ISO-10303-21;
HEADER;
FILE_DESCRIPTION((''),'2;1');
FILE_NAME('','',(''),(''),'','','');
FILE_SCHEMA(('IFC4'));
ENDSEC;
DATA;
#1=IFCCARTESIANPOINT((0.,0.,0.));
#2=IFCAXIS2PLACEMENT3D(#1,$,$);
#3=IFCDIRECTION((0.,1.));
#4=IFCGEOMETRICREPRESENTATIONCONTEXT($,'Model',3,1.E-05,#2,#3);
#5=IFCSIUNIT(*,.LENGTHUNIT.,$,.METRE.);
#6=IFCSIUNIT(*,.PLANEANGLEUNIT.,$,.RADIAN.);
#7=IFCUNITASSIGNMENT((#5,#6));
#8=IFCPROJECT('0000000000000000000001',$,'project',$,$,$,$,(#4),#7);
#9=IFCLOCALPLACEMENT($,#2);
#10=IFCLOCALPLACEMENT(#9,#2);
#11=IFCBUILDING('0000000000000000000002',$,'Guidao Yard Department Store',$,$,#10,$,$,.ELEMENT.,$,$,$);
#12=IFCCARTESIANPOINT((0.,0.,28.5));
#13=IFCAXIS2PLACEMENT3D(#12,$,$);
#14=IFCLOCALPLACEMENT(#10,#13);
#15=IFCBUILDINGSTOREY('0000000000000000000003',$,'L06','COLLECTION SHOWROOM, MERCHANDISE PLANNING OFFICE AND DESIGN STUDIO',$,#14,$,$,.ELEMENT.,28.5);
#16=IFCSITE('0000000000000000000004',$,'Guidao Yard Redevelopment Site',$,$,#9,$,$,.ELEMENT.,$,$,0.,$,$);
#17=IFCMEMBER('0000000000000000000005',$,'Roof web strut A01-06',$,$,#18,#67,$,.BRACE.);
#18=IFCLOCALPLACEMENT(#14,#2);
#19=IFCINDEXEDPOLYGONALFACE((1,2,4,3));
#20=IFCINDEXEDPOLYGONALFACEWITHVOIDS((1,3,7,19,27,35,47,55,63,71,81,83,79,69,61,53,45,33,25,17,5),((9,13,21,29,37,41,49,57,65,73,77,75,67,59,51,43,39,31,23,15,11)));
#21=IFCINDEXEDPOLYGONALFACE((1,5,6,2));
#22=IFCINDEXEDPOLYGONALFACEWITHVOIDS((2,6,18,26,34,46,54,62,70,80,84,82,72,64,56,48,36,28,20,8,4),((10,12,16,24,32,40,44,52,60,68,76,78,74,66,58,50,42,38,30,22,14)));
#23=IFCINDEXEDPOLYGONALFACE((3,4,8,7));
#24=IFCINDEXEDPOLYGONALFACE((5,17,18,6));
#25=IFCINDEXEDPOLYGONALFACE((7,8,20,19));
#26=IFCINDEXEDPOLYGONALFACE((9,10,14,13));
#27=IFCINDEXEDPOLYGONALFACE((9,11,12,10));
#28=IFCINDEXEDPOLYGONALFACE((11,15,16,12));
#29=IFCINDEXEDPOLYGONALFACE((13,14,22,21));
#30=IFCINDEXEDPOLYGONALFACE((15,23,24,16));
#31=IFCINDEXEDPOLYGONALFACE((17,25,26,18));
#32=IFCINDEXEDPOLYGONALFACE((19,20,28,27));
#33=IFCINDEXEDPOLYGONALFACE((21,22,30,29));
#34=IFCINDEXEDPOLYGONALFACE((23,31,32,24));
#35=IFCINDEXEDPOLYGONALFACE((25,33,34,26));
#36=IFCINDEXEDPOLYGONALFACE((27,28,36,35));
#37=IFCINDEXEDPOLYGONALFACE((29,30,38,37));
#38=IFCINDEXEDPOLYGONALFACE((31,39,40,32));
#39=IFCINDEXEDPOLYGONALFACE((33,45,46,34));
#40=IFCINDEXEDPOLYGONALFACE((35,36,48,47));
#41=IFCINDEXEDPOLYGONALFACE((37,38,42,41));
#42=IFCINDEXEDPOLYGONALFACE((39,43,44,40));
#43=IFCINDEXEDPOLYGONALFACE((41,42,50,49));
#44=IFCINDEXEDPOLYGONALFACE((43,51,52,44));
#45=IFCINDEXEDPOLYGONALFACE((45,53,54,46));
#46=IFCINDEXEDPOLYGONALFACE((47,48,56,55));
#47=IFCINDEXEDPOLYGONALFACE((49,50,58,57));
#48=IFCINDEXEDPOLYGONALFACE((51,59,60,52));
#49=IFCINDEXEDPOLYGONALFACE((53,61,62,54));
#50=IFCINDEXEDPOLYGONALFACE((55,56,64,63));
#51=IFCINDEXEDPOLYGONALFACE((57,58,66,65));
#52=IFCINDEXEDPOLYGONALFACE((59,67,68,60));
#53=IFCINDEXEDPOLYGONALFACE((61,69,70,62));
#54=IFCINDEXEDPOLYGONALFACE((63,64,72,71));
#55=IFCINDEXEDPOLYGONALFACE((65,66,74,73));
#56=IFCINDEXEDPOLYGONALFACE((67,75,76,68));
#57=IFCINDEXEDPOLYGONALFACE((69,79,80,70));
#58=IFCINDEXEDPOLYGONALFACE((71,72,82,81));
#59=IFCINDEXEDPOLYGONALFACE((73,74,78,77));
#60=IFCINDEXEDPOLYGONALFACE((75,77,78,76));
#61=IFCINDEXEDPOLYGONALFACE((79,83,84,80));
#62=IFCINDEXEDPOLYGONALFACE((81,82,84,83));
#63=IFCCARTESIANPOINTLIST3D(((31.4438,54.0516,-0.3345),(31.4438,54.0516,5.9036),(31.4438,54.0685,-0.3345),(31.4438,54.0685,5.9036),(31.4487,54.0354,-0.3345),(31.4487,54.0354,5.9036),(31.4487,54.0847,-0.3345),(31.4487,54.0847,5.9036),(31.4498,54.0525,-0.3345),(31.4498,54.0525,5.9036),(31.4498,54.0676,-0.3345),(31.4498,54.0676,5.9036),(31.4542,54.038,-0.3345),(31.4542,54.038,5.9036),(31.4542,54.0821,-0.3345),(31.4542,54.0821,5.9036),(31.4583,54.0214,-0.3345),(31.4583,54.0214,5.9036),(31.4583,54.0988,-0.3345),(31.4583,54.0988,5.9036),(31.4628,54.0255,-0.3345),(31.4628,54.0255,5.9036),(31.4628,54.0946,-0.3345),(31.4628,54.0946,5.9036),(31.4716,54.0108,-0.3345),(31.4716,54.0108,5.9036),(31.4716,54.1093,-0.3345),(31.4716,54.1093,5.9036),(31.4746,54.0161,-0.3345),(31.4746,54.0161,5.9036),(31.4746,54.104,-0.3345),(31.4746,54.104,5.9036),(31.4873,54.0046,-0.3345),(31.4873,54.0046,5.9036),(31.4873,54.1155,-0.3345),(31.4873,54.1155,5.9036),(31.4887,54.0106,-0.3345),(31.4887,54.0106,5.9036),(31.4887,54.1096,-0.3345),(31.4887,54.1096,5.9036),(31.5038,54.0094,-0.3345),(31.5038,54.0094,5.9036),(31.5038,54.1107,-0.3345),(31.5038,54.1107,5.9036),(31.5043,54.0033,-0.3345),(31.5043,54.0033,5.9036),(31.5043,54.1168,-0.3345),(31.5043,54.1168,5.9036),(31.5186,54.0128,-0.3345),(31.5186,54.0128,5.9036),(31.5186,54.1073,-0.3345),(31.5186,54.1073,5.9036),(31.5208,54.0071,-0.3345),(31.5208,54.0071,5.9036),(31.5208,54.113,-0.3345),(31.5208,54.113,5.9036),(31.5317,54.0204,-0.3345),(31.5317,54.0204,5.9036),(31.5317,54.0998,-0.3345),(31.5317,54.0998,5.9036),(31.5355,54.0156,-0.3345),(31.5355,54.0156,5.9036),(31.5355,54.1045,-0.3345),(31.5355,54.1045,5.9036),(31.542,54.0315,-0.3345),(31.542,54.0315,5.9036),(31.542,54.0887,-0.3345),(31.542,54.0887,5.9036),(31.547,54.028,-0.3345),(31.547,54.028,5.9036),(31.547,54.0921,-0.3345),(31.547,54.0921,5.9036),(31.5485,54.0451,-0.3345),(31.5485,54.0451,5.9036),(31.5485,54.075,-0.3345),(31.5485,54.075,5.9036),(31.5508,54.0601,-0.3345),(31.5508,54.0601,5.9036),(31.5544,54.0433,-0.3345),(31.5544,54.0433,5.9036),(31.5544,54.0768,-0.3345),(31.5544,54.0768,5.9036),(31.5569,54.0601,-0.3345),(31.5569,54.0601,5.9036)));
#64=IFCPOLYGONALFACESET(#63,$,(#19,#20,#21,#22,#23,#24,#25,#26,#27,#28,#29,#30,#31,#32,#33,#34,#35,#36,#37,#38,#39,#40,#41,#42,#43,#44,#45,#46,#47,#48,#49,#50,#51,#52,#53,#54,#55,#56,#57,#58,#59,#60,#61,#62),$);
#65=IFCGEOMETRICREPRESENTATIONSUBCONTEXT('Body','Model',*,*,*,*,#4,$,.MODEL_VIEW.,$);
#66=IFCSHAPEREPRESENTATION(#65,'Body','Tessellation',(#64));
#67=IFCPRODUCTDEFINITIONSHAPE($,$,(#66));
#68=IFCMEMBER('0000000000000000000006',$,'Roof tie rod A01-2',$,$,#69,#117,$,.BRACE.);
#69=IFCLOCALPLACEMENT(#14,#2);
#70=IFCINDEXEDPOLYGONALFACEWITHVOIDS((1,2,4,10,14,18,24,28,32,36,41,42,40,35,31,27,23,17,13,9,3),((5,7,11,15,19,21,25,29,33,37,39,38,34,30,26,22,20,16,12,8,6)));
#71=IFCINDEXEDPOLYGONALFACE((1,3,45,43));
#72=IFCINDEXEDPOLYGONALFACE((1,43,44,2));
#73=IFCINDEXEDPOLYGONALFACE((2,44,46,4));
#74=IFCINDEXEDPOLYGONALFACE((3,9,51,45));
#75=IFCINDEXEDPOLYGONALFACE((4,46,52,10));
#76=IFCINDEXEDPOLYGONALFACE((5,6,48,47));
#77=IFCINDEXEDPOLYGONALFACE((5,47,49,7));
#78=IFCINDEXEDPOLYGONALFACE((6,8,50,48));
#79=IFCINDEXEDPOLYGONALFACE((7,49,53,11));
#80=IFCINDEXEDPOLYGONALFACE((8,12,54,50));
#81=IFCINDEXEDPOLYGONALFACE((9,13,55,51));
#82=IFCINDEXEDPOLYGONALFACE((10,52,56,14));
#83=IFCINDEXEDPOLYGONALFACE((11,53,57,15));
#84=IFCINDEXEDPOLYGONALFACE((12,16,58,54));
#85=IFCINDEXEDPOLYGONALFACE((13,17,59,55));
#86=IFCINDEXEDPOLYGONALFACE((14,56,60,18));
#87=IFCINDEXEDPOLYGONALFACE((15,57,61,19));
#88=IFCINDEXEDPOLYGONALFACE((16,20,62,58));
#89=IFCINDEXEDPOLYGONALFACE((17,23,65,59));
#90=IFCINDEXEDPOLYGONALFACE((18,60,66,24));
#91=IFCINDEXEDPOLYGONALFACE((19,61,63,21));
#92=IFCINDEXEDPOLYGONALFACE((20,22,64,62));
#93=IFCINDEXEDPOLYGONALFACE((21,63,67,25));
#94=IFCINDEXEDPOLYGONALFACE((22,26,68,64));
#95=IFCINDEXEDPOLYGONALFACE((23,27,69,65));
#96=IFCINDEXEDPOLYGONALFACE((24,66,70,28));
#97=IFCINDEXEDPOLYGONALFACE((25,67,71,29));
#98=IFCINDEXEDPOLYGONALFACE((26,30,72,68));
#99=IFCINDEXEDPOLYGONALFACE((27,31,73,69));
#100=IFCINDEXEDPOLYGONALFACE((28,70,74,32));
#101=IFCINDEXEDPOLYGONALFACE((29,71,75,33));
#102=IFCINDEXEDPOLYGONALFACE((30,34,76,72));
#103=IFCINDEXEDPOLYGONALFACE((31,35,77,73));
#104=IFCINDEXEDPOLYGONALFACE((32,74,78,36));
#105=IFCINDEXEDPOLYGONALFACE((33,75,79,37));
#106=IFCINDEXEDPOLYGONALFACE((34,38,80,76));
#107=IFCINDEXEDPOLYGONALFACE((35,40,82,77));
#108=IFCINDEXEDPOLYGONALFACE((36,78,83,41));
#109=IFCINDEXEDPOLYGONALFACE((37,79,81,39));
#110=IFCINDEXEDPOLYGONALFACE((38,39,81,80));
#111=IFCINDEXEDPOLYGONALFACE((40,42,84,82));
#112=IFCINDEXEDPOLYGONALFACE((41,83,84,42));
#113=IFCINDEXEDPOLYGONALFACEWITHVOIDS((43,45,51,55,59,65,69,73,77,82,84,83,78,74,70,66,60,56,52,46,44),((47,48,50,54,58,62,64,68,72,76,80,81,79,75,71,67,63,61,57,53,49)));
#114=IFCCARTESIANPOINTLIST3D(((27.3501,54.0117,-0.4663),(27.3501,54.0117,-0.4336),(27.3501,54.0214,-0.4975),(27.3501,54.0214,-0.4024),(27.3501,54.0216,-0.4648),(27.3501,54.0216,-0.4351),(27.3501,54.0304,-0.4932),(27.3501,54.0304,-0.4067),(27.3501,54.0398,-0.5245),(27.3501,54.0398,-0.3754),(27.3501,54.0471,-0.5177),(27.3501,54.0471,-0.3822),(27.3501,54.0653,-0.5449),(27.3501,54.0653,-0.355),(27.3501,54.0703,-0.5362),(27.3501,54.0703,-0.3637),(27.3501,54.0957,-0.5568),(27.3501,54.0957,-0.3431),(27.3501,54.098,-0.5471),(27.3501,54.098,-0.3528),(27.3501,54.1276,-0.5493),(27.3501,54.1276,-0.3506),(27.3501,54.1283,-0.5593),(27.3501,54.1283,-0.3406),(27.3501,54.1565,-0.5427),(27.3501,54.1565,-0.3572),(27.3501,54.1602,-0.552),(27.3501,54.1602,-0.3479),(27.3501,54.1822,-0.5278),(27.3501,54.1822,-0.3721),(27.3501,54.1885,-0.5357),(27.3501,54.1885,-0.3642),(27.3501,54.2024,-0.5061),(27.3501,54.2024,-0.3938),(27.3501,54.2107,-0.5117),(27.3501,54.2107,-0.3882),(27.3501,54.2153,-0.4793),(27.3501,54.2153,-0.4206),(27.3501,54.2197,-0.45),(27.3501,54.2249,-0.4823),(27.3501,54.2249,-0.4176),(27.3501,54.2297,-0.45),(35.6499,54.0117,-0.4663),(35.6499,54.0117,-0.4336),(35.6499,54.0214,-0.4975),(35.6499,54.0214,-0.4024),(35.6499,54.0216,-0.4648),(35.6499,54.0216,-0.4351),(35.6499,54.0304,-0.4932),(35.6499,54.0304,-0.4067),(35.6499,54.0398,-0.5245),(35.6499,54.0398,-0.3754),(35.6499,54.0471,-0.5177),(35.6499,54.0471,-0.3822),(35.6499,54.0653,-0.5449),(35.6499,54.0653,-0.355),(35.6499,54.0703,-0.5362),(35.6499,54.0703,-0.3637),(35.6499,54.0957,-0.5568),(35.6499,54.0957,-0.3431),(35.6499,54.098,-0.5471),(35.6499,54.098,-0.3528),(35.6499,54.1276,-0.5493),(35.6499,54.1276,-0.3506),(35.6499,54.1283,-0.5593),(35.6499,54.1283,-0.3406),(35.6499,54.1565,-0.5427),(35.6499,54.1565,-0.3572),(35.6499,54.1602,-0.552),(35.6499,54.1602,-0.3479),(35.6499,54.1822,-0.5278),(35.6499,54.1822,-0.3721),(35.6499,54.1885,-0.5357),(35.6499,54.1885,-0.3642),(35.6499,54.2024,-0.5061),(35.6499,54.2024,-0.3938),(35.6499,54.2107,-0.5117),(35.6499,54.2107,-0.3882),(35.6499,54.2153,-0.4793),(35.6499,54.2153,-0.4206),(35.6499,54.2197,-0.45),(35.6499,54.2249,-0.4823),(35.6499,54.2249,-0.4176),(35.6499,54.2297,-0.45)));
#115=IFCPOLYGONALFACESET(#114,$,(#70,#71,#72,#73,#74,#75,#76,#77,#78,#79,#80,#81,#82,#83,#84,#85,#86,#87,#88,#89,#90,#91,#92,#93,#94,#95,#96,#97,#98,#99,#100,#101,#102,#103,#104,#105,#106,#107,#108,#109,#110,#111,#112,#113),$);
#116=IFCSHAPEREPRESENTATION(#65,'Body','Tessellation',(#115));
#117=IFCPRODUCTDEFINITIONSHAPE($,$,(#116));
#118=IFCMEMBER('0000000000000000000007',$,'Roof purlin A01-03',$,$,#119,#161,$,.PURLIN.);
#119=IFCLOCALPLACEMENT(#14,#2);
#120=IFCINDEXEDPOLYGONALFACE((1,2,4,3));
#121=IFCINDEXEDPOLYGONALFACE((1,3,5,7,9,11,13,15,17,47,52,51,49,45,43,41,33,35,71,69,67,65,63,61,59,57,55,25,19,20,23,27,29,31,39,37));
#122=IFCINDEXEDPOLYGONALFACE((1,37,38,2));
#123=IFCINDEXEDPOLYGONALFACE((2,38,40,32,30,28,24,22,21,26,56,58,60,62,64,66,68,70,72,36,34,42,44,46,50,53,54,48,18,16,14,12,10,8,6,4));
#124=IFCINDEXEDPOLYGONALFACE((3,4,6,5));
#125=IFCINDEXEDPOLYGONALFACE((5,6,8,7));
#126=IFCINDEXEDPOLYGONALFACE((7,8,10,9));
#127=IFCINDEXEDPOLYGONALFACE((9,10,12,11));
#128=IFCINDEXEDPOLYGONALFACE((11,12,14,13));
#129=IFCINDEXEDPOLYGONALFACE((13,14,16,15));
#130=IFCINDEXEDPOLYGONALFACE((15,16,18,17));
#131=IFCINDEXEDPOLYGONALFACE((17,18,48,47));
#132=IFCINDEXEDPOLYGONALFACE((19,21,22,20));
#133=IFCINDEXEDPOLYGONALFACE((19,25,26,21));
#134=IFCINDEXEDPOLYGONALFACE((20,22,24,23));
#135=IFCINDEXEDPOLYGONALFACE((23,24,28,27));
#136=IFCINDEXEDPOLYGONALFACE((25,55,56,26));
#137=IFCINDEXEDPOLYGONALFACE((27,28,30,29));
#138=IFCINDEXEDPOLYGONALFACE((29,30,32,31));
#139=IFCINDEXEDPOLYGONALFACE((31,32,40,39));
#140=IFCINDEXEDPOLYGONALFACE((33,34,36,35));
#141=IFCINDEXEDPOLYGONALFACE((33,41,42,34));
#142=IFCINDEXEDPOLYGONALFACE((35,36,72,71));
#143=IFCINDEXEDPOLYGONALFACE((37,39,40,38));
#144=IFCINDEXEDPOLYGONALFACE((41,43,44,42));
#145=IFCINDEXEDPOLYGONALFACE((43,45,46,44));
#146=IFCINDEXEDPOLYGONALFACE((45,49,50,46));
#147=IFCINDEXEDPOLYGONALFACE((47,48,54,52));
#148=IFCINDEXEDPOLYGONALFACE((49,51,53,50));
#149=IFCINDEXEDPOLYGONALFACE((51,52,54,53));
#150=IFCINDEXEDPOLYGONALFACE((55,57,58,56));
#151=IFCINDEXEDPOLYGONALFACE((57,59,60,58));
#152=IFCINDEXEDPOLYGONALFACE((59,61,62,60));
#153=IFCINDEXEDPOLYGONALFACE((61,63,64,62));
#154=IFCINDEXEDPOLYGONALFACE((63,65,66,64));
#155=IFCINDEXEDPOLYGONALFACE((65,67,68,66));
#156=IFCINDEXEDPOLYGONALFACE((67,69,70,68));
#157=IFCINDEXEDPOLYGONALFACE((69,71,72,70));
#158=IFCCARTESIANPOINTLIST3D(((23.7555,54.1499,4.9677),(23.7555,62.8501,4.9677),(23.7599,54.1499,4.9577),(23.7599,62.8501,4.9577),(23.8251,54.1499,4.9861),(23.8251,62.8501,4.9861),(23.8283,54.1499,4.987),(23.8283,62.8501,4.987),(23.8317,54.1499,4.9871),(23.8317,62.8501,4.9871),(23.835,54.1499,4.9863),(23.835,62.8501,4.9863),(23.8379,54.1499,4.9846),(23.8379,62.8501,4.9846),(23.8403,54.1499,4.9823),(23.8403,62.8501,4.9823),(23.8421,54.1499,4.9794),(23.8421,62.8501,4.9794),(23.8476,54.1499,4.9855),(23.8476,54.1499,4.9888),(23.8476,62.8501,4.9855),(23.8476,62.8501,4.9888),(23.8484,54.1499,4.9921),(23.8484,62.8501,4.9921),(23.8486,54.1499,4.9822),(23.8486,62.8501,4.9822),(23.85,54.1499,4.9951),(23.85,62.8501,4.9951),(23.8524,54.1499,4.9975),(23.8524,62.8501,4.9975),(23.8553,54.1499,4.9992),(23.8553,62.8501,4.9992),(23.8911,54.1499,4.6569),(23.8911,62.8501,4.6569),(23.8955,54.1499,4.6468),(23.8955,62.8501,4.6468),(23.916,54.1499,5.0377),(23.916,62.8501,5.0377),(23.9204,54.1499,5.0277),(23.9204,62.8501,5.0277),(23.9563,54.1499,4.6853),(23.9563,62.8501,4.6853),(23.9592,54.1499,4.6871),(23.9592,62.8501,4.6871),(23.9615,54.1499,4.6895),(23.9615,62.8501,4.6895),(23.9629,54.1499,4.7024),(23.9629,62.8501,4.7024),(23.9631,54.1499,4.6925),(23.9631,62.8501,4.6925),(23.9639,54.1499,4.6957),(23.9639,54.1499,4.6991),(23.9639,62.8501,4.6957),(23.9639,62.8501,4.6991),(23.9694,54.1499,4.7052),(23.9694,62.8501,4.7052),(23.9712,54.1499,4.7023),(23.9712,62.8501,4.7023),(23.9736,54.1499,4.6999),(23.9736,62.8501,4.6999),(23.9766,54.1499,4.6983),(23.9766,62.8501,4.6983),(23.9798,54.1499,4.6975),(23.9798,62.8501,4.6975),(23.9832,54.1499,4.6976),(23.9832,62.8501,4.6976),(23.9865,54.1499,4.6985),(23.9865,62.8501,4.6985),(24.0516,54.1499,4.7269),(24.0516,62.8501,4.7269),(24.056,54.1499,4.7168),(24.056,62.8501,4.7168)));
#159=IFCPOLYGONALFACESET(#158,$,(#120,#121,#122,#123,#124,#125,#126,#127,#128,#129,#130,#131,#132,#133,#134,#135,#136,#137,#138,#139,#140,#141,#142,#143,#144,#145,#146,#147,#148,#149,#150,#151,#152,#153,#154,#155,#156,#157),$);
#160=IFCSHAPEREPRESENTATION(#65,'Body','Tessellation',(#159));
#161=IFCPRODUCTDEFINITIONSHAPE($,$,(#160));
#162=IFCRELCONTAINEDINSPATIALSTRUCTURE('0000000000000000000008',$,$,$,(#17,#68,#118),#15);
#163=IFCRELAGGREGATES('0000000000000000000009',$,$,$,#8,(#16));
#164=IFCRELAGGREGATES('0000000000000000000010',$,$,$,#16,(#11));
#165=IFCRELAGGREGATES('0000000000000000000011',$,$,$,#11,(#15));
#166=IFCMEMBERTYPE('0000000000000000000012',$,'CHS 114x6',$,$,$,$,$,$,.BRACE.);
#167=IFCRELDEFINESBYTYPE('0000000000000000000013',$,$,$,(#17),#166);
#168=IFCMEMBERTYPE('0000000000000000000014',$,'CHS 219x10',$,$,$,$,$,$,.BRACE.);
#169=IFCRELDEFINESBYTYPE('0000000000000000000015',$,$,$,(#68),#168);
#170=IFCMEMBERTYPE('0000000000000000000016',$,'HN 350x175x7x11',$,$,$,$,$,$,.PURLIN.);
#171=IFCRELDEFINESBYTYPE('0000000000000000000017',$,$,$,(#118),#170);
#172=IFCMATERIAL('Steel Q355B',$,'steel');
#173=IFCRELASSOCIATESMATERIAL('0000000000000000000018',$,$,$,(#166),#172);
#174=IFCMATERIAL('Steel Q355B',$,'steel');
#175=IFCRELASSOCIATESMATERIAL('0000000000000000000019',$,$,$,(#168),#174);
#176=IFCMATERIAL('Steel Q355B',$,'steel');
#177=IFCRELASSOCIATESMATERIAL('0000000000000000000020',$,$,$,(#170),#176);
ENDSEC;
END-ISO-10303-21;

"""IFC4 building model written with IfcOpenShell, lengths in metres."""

from ifc_helpers import new_model, si_unit, direction, frame, origin, origin_2d, place, context, subcontext, project, spatial, hollow_circle, i_section, extrude, material, material_profile, profile_set, type_object, element, save


model = new_model("IFC4")

# Units and contexts
model_context = context("Model", 3, precision=1e-05, world=origin(), true_north=direction((0.0, 1.0)))
body_context = subcontext(model_context, "Body", "Model", "MODEL_VIEW")
ifc_project = project(units=[si_unit("LENGTHUNIT", "METRE"), si_unit("PLANEANGLEUNIT", "RADIAN")], contexts=[model_context])

# Site, building, storey
site_placement = place(None, origin())
site = spatial("IfcSite", under=ifc_project, at=site_placement, Name="Guidao Yard Redevelopment Site", CompositionType="ELEMENT", RefElevation=0.0)
building_placement = place(site_placement, origin())
building = spatial("IfcBuilding", under=site, at=building_placement, Name="Guidao Yard Department Store", CompositionType="ELEMENT")
storey_placement = place(building_placement, frame((0.0, 0.0, 28.5)))
storey = spatial("IfcBuildingStorey", under=building, at=storey_placement, Name="L06", Description="COLLECTION SHOWROOM, MERCHANDISE PLANNING OFFICE AND DESIGN STUDIO", CompositionType="ELEMENT", Elevation=28.5)

# Members
ifc_material_1 = material(Name="Steel Q355B", Category="steel")
ifc_material_profile_1 = material_profile(ifc_material_1, hollow_circle(Radius=0.0569, WallThickness=0.0061, at=origin_2d()), Name="CHS 114x6")
ifc_profile_set_1 = profile_set([ifc_material_profile_1], Name="Steel Q355B")
member_type_1 = type_object("IfcMemberType", Name="CHS 114x6", PredefinedType="BRACE", material=ifc_profile_set_1)
member_1_placement = place(storey_placement, frame((31.5, 54.0601, -0.3345), z_axis=(0.0, 0.0, 1.0), x_axis=(1.0, 0.0, 0.0)))
element("IfcMember", 1, at=member_1_placement, inside=storey, type_object=member_type_1, Name="Roof web strut A01-06", PredefinedType="BRACE", context=body_context, shape_type="SweptSolid", body=[
    extrude(hollow_circle(Radius=0.0569, WallThickness=0.0061, at=origin_2d()), origin(), (0.0, 0.0, 1.0), 6.238),
])
ifc_material_2 = material(Name="Steel Q355B", Category="steel")
ifc_material_profile_2 = material_profile(ifc_material_2, hollow_circle(Radius=0.1096, WallThickness=0.01, at=origin_2d()), Name="CHS 219x10")
ifc_profile_set_2 = profile_set([ifc_material_profile_2], Name="Steel Q355B")
member_type_2 = type_object("IfcMemberType", Name="CHS 219x10", PredefinedType="BRACE", material=ifc_profile_set_2)
member_2_placement = place(storey_placement, frame((27.3501, 54.1201, -0.45), z_axis=(1.0, 0.0, 0.0), x_axis=(0.0, 1.0, 0.0)))
element("IfcMember", 2, at=member_2_placement, inside=storey, type_object=member_type_2, Name="Roof tie rod A01-2", PredefinedType="BRACE", context=body_context, shape_type="SweptSolid", body=[
    extrude(hollow_circle(Radius=0.1096, WallThickness=0.01, at=origin_2d()), origin(), (0.0, 0.0, 1.0), 8.2998),
])
ifc_material_3 = material(Name="Steel Q355B", Category="steel")
ifc_material_profile_3 = material_profile(ifc_material_3, i_section(OverallWidth=0.175, OverallDepth=0.3501, WebThickness=0.0071, FlangeThickness=0.011, FilletRadius=0.0129, at=origin_2d()), Name="HN 350x175x7x11")
ifc_profile_set_3 = profile_set([ifc_material_profile_3], Name="Steel Q355B")
member_type_3 = type_object("IfcMemberType", Name="HN 350x175x7x11", PredefinedType="PURLIN", material=ifc_profile_set_3)
for number, where, z_axis, x_axis, name in (
    (3, (23.9058, 54.1499, 4.8423), (0.0, 1.0, 0.0), (-0.916571, 0.0, -0.399871), "Roof purlin A01-03"),
):
    element("IfcMember", number, at=place(storey_placement, frame(where, z_axis=z_axis, x_axis=x_axis)), inside=storey, type_object=member_type_3, Name=name, PredefinedType="PURLIN", context=body_context, shape_type="SweptSolid", body=[
        extrude(i_section(OverallWidth=0.175, OverallDepth=0.3501, WebThickness=0.0071, FlangeThickness=0.011, FilletRadius=0.0129, at=origin_2d()), origin(), (0.0, 0.0, 1.0), 8.7002),
    ])

save(model, "model.ifc")
